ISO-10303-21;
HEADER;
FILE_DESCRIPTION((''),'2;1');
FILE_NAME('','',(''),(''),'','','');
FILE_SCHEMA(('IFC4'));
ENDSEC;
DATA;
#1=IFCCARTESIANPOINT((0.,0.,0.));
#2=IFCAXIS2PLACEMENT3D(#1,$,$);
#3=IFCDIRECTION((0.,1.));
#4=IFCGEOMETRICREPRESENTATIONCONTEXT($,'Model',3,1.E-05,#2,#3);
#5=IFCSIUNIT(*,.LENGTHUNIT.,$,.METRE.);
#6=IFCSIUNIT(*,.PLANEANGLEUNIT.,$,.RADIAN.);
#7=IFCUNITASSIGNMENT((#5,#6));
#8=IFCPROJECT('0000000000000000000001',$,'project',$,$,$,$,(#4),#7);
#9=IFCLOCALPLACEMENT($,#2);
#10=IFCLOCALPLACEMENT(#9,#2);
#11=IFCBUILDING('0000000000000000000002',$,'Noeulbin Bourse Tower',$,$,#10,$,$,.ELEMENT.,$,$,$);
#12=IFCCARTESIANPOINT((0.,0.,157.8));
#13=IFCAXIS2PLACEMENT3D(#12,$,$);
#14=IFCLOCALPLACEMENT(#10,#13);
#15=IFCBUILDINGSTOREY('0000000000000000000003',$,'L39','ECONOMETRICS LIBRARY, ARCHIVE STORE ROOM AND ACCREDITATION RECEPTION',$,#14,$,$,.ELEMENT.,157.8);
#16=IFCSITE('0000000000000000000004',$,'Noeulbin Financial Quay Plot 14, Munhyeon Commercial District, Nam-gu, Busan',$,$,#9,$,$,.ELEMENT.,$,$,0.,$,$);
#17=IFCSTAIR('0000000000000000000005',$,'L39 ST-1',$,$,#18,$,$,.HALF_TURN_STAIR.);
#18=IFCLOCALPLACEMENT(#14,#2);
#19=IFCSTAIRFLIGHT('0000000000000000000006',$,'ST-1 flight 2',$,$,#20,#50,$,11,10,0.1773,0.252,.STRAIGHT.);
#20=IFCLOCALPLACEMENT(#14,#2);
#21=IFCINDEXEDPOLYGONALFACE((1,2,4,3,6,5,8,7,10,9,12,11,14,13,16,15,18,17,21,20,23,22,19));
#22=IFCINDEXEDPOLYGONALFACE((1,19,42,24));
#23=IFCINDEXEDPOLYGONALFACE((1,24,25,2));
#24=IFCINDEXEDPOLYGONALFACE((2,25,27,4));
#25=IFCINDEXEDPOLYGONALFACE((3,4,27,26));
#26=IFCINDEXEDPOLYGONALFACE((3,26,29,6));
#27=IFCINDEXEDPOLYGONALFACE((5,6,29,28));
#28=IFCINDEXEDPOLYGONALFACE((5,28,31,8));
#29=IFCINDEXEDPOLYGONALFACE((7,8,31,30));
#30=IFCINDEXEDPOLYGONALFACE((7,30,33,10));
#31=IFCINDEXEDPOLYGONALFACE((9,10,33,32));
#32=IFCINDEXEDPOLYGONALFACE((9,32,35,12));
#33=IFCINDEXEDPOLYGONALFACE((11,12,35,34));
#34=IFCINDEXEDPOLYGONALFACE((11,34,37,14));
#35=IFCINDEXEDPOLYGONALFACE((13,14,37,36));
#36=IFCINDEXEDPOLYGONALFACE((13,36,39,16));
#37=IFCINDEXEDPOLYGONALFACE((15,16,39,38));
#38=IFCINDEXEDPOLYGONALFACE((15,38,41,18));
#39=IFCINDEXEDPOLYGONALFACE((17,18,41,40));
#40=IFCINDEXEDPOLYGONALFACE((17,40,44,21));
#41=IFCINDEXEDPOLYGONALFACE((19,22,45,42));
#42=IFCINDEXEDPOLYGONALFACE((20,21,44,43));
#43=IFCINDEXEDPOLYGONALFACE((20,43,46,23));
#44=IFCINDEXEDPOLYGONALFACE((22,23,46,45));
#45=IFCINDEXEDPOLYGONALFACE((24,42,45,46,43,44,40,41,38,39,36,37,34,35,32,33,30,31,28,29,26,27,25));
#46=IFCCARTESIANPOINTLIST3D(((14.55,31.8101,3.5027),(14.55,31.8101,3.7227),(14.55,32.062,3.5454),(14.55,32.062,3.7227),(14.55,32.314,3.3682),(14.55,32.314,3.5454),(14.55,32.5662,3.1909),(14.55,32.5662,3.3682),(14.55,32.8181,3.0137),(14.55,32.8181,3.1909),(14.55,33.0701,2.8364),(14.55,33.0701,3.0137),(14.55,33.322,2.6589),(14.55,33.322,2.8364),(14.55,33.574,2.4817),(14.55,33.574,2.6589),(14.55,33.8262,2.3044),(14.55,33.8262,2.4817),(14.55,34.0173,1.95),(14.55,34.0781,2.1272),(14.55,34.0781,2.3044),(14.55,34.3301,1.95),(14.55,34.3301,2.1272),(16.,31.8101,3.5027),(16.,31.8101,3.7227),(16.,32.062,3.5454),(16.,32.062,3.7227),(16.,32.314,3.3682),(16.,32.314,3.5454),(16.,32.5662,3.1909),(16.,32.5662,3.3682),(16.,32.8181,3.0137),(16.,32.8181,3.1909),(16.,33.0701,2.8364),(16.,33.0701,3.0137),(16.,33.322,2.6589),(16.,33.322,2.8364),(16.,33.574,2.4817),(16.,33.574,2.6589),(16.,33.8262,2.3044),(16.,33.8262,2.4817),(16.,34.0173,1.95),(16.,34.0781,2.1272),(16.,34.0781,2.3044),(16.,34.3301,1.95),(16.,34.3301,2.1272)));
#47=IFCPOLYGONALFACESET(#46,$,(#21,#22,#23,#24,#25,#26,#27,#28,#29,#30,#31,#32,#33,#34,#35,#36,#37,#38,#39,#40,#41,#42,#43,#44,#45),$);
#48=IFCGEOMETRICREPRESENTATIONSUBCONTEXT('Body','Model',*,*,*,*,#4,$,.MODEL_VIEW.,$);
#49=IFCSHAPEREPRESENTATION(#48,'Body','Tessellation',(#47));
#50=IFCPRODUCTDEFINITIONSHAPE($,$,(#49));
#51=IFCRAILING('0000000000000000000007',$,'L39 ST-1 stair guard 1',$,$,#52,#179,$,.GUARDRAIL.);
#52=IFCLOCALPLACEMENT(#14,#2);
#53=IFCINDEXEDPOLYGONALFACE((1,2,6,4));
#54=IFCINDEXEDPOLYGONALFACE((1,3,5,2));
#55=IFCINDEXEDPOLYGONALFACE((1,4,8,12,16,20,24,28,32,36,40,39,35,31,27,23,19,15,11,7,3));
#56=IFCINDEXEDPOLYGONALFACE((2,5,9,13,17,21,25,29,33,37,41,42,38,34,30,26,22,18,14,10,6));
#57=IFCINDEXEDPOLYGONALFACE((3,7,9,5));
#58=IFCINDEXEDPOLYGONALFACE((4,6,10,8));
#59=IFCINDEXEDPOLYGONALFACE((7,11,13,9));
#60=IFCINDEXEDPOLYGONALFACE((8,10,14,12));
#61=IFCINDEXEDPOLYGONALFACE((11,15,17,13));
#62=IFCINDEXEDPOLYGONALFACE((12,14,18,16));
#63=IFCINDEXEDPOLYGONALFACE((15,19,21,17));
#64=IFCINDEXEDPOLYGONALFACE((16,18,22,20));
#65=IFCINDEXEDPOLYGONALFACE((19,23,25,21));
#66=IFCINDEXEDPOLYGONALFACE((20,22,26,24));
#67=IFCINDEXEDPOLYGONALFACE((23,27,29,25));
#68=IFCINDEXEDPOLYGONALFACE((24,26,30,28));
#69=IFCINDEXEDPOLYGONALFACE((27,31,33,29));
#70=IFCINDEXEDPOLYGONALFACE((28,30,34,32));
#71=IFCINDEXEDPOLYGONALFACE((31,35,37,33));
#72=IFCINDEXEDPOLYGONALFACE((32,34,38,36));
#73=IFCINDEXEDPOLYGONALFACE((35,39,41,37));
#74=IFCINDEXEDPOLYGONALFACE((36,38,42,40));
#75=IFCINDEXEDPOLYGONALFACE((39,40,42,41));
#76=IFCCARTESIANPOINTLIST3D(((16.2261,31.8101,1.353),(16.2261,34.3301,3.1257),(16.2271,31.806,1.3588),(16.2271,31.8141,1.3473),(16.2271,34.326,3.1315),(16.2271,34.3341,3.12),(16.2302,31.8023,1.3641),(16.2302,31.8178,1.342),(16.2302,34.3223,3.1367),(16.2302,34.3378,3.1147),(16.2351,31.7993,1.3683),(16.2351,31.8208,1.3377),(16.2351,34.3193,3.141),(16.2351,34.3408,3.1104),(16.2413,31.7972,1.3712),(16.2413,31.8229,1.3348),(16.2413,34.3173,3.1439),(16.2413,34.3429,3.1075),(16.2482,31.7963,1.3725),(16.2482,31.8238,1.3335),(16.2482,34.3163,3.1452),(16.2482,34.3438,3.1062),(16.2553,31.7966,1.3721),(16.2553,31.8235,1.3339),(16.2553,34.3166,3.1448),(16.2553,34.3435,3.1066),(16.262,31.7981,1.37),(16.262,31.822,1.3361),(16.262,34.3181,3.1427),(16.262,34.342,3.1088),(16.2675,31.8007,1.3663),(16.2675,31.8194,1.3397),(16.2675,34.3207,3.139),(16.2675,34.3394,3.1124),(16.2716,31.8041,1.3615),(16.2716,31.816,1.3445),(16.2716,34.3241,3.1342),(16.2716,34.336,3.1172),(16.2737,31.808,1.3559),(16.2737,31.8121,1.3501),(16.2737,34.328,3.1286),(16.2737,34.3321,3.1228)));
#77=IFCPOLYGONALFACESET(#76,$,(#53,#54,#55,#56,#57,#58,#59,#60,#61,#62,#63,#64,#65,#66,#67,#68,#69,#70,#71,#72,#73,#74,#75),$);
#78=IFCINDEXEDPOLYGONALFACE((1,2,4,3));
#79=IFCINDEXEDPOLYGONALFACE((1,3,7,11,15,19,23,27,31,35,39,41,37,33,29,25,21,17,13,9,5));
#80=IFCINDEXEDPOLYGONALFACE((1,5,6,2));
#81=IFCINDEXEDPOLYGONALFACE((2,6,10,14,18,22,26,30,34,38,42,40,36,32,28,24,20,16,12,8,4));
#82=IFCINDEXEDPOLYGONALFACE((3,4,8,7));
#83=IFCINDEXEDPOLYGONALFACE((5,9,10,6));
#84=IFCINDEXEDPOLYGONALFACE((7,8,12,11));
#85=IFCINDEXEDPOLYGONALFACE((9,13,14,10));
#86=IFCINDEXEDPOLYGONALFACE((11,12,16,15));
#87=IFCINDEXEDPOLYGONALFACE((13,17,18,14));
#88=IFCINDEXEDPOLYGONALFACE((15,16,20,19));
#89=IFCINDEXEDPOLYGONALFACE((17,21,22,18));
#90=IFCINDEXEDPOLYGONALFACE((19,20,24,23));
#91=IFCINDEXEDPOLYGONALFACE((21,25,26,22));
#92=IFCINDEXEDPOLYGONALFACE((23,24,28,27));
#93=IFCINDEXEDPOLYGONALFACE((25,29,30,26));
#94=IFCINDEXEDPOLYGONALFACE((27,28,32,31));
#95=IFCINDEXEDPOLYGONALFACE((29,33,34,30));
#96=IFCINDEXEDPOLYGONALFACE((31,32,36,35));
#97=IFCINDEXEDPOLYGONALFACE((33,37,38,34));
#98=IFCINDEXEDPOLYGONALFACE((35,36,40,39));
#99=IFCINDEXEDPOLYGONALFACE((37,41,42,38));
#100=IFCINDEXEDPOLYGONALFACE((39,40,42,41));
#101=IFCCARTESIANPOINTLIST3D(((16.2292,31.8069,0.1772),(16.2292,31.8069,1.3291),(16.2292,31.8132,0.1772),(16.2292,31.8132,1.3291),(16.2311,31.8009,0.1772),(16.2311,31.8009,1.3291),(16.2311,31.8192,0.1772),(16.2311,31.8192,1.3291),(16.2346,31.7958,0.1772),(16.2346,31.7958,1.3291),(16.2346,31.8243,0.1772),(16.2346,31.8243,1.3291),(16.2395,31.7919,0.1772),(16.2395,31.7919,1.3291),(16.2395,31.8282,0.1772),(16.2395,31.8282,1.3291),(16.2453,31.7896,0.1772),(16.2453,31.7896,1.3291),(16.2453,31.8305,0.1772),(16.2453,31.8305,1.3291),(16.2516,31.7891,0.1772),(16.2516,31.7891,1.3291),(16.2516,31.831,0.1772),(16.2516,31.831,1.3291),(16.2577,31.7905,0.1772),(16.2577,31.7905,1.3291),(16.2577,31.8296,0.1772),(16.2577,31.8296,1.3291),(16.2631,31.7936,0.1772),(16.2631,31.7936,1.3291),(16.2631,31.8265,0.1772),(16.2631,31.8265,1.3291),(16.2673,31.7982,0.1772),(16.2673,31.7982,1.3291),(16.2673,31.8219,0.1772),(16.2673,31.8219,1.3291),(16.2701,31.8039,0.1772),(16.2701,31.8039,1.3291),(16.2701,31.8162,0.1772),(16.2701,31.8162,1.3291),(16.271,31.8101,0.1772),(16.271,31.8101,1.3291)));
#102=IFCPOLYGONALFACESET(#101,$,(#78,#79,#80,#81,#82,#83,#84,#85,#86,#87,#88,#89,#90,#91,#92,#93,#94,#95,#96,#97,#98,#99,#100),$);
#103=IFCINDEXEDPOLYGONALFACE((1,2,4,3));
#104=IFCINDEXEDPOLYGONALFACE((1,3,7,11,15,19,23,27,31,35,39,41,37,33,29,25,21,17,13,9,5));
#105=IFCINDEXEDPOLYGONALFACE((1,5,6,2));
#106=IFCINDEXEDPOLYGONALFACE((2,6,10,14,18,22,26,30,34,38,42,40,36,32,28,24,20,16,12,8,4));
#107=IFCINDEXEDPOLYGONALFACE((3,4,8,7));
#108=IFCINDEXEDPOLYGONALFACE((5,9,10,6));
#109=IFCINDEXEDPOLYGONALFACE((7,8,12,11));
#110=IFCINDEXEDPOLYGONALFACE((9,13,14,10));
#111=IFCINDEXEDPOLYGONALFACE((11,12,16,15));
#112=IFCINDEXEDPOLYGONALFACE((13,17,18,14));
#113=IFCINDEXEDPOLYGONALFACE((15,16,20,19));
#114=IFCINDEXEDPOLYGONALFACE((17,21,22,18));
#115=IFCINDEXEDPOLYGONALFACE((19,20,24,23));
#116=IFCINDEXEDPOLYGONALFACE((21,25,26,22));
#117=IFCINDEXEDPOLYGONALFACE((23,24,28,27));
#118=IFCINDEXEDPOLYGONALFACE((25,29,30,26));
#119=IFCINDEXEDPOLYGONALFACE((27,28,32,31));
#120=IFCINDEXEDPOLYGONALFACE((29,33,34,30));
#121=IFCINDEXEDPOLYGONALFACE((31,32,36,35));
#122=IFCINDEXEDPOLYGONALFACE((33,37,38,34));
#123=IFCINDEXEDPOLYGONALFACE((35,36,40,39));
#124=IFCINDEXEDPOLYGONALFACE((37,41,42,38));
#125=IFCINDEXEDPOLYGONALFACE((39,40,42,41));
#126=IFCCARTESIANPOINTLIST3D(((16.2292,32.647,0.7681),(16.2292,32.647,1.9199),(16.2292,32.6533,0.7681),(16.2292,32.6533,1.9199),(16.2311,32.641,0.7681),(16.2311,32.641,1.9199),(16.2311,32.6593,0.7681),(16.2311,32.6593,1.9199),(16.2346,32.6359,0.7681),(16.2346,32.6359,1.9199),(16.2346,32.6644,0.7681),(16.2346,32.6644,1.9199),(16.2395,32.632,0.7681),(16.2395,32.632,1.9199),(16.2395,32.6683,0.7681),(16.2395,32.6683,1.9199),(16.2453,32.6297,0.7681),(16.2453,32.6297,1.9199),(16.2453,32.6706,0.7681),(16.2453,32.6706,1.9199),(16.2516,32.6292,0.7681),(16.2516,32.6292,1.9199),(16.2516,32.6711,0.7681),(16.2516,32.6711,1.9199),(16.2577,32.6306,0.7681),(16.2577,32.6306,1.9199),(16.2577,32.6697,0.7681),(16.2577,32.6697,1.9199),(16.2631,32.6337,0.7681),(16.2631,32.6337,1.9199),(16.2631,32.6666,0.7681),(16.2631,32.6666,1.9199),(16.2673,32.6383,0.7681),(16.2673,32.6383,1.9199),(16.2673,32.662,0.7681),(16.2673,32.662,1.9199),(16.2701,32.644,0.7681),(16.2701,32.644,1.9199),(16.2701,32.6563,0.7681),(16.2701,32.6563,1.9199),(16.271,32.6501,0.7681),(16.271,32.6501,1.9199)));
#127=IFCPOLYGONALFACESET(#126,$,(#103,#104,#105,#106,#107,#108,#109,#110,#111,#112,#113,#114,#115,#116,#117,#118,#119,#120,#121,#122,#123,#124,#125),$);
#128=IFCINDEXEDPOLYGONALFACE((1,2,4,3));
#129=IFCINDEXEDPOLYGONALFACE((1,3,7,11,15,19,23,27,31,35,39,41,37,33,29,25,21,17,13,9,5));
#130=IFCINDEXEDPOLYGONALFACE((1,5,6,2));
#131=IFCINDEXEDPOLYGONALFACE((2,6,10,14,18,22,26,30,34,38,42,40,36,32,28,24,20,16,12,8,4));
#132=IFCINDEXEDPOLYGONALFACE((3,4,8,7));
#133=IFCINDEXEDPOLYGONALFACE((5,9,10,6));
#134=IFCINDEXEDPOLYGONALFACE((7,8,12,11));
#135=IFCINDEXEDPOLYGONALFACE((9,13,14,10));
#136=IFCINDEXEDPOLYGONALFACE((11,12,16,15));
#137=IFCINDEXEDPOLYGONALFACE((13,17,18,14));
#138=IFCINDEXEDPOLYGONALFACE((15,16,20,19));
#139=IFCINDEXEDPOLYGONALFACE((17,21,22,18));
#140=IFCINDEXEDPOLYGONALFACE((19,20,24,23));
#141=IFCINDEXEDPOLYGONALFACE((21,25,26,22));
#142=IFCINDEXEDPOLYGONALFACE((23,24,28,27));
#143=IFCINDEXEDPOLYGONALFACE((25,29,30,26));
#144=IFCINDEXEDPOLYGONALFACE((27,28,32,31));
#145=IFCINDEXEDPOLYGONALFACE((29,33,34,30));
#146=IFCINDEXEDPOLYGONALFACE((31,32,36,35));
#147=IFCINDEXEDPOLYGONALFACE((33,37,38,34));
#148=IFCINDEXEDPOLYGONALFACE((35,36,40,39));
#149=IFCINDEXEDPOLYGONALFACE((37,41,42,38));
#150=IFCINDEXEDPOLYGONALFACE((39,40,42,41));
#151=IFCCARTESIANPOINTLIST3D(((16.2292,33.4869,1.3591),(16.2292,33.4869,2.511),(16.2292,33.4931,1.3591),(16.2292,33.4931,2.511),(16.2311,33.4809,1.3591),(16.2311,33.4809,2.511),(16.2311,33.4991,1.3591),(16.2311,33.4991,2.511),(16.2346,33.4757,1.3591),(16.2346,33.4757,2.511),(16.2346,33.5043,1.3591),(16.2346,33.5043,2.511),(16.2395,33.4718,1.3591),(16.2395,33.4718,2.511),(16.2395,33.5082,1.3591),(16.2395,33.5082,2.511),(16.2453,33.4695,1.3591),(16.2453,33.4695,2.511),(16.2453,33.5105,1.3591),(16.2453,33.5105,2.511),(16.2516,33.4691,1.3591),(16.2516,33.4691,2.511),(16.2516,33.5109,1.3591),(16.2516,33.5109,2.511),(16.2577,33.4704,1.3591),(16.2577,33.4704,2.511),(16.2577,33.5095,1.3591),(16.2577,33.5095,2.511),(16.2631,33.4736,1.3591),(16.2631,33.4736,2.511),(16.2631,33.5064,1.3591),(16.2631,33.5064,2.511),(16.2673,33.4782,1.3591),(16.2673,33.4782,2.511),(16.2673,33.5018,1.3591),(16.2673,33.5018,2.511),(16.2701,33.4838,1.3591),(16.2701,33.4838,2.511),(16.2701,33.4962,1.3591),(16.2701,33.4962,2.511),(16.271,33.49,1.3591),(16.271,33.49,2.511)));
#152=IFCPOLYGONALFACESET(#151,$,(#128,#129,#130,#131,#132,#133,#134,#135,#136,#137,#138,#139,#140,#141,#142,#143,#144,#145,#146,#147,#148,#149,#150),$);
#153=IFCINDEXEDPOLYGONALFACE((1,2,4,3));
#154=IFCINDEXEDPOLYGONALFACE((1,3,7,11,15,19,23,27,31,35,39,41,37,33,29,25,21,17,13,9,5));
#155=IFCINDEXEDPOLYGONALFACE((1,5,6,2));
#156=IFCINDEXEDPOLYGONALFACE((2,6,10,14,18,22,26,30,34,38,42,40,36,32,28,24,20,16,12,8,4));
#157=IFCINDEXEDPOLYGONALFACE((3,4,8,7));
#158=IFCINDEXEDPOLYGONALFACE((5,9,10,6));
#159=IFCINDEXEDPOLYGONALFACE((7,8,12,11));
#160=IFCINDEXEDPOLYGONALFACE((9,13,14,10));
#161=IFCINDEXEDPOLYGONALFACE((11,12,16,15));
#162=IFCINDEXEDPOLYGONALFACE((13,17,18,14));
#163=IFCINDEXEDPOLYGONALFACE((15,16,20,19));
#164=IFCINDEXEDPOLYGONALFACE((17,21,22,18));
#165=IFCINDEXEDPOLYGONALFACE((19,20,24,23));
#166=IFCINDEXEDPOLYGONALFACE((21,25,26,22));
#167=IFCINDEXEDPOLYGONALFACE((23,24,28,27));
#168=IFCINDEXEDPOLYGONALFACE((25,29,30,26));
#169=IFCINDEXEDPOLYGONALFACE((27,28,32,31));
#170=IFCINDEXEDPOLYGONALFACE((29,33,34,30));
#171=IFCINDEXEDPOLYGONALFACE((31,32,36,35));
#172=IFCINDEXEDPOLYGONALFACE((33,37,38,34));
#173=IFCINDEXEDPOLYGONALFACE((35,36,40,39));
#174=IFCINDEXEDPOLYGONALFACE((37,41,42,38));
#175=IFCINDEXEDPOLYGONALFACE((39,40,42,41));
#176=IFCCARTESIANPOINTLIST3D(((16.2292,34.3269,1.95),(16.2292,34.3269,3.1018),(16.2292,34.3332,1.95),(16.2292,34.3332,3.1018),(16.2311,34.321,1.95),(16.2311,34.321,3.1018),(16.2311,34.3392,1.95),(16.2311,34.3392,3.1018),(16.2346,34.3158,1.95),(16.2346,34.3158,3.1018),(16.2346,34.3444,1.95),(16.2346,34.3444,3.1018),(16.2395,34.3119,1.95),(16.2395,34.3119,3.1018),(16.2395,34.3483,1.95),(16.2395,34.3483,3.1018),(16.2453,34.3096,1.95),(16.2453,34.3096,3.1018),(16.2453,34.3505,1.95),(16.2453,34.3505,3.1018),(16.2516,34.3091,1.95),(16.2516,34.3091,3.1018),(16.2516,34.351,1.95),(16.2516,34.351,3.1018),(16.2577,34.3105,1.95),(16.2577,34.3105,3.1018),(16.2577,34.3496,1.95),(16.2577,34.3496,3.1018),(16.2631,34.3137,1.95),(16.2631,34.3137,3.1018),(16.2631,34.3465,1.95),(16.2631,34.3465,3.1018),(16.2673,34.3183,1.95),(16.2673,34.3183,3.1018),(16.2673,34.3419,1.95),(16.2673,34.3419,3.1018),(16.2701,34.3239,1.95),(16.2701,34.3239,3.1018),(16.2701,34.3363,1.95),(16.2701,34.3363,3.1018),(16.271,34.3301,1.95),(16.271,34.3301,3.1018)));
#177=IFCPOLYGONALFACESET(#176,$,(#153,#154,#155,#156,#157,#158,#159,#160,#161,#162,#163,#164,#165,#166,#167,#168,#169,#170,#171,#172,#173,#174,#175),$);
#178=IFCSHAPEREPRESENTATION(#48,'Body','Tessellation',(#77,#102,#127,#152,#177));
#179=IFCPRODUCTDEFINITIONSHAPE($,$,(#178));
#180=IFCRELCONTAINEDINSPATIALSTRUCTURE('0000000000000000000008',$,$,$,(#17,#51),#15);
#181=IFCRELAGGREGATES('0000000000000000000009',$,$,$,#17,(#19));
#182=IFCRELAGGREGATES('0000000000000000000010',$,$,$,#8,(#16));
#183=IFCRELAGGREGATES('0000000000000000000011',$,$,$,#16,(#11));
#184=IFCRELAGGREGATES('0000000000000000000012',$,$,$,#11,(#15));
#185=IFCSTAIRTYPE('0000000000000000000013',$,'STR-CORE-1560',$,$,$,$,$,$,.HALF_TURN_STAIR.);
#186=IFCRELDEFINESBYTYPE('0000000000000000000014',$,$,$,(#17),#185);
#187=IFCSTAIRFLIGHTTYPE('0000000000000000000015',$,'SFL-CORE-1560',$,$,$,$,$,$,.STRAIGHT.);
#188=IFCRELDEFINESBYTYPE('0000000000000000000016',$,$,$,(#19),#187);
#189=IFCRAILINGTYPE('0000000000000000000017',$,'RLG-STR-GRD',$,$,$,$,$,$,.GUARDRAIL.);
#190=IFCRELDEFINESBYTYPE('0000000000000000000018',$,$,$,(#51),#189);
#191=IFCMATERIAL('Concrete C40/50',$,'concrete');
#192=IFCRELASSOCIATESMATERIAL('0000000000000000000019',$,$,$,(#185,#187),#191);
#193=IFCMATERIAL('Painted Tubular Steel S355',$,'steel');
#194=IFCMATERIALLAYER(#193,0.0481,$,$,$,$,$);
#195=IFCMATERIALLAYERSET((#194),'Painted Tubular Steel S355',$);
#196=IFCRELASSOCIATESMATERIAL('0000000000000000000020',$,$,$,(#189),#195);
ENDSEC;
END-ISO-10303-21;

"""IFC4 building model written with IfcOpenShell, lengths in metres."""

from ifc_helpers import new_model, si_unit, direction, frame, origin, origin_2d, place, context, subcontext, project, spatial, polyline, circle, outline, extrude, material, layer, layer_set, type_object, element, aggregate, save


model = new_model("IFC4")

# Units and contexts
model_context = context("Model", 3, precision=1e-05, world=origin(), true_north=direction((0.0, 1.0)))
body_context = subcontext(model_context, "Body", "Model", "MODEL_VIEW")
ifc_project = project(units=[si_unit("LENGTHUNIT", "METRE"), si_unit("PLANEANGLEUNIT", "RADIAN")], contexts=[model_context])

# Site, building, storey
site_placement = place(None, origin())
site = spatial("IfcSite", under=ifc_project, at=site_placement, Name="Noeulbin Financial Quay Plot 14, Munhyeon Commercial District, Nam-gu, Busan", CompositionType="ELEMENT", RefElevation=0.0)
building_placement = place(site_placement, origin())
building = spatial("IfcBuilding", under=site, at=building_placement, Name="Noeulbin Bourse Tower", CompositionType="ELEMENT")
storey_placement = place(building_placement, frame((0.0, 0.0, 157.8)))
storey = spatial("IfcBuildingStorey", under=building, at=storey_placement, Name="L39", Description="ECONOMETRICS LIBRARY, ARCHIVE STORE ROOM AND ACCREDITATION RECEPTION", CompositionType="ELEMENT", Elevation=157.8)

# Shared definitions
ifc_material_1 = material(Name="Concrete C40/50", Category="concrete")

# Stair, stair flight
stair_type = type_object("IfcStairType", Name="STR-CORE-1560", PredefinedType="HALF_TURN_STAIR", material=ifc_material_1)
stair_placement = place(storey_placement, origin())
stair = element("IfcStair", 1, at=stair_placement, inside=storey, type_object=stair_type, Name="L39 ST-1", PredefinedType="HALF_TURN_STAIR")
stair_flight_type = type_object("IfcStairFlightType", Name="SFL-CORE-1560", PredefinedType="STRAIGHT", material=ifc_material_1)
stair_flight_1_placement = place(storey_placement, frame((15.2749, 34.3301, 1.95), z_axis=(0.0, 0.0, 1.0), x_axis=(0.0, -1.0, 0.0)))
stair_flight_1 = element("IfcStairFlight", 2, at=stair_flight_1_placement, type_object=stair_flight_type, Name="ST-1 flight 2", NumberOfRisers=11, NumberOfTreads=10, PredefinedType="STRAIGHT", RiserHeight=0.1773, TreadLength=0.252, context=body_context, shape_type="SweptSolid", body=[
    extrude(outline(polyline([(0.0, 0.0), (0.0, 0.1772), (0.252, 0.1772), (0.252, 0.3545), (0.5039, 0.3545), (0.5039, 0.5317), (0.7561, 0.5317), (0.7561, 0.709), (1.0081, 0.709), (1.0081, 0.8865), (1.26, 0.8865), (1.26, 1.0637), (1.512, 1.0637), (1.512, 1.241), (1.7639, 1.241), (1.7639, 1.4182), (2.0161, 1.4182), (2.0161, 1.5955), (2.2681, 1.5955), (2.2681, 1.7727), (2.52, 1.7727), (2.52, 1.95), (2.52, 1.5527), (0.3127, 0.0), (0.0, 0.0)])), frame((0.0, 0.7251, 0.0), z_axis=(0.0, -1.0, 0.0), x_axis=(1.0, 0.0, 0.0)), (0.0, 0.0, 1.0), 1.45),
])
aggregate(stair, [stair_flight_1])

# Railing
ifc_material_2 = material(Name="Painted Tubular Steel S355", Category="steel")
ifc_layer_1 = layer(ifc_material_2, 0.0481)
ifc_layer_set_1 = layer_set([ifc_layer_1], Name="Painted Tubular Steel S355")
railing_type_1 = type_object("IfcRailingType", Name="RLG-STR-GRD", PredefinedType="GUARDRAIL", material=ifc_layer_set_1)
railing_1_placement = place(storey_placement, frame((16.25, 31.8101, 0.1772)))
element("IfcRailing", 3, at=railing_1_placement, inside=storey, type_object=railing_type_1, Name="L39 ST-1 stair guard 1", PredefinedType="GUARDRAIL", context=body_context, shape_type="SweptSolid", body=[
    extrude(circle(Radius=0.0239, at=origin_2d()), frame((0.0, 0.0, 1.1758), z_axis=(0.0, 0.817904, 0.575354), x_axis=(-1.0, 0.0, 0.0)), (0.0, 0.0, 1.0), 3.0811),
    extrude(circle(Radius=0.021, at=origin_2d()), origin(), (0.0, 0.0, 1.0), 1.1519),
    extrude(circle(Radius=0.021, at=origin_2d()), frame((0.0, 0.8401, 0.5908)), (0.0, 0.0, 1.0), 1.1519),
    extrude(circle(Radius=0.021, at=origin_2d()), frame((0.0, 1.6799, 1.1819)), (0.0, 0.0, 1.0), 1.1519),
    extrude(circle(Radius=0.021, at=origin_2d()), frame((0.0, 2.52, 1.7727)), (0.0, 0.0, 1.0), 1.1519),
])

save(model, "model.ifc")
